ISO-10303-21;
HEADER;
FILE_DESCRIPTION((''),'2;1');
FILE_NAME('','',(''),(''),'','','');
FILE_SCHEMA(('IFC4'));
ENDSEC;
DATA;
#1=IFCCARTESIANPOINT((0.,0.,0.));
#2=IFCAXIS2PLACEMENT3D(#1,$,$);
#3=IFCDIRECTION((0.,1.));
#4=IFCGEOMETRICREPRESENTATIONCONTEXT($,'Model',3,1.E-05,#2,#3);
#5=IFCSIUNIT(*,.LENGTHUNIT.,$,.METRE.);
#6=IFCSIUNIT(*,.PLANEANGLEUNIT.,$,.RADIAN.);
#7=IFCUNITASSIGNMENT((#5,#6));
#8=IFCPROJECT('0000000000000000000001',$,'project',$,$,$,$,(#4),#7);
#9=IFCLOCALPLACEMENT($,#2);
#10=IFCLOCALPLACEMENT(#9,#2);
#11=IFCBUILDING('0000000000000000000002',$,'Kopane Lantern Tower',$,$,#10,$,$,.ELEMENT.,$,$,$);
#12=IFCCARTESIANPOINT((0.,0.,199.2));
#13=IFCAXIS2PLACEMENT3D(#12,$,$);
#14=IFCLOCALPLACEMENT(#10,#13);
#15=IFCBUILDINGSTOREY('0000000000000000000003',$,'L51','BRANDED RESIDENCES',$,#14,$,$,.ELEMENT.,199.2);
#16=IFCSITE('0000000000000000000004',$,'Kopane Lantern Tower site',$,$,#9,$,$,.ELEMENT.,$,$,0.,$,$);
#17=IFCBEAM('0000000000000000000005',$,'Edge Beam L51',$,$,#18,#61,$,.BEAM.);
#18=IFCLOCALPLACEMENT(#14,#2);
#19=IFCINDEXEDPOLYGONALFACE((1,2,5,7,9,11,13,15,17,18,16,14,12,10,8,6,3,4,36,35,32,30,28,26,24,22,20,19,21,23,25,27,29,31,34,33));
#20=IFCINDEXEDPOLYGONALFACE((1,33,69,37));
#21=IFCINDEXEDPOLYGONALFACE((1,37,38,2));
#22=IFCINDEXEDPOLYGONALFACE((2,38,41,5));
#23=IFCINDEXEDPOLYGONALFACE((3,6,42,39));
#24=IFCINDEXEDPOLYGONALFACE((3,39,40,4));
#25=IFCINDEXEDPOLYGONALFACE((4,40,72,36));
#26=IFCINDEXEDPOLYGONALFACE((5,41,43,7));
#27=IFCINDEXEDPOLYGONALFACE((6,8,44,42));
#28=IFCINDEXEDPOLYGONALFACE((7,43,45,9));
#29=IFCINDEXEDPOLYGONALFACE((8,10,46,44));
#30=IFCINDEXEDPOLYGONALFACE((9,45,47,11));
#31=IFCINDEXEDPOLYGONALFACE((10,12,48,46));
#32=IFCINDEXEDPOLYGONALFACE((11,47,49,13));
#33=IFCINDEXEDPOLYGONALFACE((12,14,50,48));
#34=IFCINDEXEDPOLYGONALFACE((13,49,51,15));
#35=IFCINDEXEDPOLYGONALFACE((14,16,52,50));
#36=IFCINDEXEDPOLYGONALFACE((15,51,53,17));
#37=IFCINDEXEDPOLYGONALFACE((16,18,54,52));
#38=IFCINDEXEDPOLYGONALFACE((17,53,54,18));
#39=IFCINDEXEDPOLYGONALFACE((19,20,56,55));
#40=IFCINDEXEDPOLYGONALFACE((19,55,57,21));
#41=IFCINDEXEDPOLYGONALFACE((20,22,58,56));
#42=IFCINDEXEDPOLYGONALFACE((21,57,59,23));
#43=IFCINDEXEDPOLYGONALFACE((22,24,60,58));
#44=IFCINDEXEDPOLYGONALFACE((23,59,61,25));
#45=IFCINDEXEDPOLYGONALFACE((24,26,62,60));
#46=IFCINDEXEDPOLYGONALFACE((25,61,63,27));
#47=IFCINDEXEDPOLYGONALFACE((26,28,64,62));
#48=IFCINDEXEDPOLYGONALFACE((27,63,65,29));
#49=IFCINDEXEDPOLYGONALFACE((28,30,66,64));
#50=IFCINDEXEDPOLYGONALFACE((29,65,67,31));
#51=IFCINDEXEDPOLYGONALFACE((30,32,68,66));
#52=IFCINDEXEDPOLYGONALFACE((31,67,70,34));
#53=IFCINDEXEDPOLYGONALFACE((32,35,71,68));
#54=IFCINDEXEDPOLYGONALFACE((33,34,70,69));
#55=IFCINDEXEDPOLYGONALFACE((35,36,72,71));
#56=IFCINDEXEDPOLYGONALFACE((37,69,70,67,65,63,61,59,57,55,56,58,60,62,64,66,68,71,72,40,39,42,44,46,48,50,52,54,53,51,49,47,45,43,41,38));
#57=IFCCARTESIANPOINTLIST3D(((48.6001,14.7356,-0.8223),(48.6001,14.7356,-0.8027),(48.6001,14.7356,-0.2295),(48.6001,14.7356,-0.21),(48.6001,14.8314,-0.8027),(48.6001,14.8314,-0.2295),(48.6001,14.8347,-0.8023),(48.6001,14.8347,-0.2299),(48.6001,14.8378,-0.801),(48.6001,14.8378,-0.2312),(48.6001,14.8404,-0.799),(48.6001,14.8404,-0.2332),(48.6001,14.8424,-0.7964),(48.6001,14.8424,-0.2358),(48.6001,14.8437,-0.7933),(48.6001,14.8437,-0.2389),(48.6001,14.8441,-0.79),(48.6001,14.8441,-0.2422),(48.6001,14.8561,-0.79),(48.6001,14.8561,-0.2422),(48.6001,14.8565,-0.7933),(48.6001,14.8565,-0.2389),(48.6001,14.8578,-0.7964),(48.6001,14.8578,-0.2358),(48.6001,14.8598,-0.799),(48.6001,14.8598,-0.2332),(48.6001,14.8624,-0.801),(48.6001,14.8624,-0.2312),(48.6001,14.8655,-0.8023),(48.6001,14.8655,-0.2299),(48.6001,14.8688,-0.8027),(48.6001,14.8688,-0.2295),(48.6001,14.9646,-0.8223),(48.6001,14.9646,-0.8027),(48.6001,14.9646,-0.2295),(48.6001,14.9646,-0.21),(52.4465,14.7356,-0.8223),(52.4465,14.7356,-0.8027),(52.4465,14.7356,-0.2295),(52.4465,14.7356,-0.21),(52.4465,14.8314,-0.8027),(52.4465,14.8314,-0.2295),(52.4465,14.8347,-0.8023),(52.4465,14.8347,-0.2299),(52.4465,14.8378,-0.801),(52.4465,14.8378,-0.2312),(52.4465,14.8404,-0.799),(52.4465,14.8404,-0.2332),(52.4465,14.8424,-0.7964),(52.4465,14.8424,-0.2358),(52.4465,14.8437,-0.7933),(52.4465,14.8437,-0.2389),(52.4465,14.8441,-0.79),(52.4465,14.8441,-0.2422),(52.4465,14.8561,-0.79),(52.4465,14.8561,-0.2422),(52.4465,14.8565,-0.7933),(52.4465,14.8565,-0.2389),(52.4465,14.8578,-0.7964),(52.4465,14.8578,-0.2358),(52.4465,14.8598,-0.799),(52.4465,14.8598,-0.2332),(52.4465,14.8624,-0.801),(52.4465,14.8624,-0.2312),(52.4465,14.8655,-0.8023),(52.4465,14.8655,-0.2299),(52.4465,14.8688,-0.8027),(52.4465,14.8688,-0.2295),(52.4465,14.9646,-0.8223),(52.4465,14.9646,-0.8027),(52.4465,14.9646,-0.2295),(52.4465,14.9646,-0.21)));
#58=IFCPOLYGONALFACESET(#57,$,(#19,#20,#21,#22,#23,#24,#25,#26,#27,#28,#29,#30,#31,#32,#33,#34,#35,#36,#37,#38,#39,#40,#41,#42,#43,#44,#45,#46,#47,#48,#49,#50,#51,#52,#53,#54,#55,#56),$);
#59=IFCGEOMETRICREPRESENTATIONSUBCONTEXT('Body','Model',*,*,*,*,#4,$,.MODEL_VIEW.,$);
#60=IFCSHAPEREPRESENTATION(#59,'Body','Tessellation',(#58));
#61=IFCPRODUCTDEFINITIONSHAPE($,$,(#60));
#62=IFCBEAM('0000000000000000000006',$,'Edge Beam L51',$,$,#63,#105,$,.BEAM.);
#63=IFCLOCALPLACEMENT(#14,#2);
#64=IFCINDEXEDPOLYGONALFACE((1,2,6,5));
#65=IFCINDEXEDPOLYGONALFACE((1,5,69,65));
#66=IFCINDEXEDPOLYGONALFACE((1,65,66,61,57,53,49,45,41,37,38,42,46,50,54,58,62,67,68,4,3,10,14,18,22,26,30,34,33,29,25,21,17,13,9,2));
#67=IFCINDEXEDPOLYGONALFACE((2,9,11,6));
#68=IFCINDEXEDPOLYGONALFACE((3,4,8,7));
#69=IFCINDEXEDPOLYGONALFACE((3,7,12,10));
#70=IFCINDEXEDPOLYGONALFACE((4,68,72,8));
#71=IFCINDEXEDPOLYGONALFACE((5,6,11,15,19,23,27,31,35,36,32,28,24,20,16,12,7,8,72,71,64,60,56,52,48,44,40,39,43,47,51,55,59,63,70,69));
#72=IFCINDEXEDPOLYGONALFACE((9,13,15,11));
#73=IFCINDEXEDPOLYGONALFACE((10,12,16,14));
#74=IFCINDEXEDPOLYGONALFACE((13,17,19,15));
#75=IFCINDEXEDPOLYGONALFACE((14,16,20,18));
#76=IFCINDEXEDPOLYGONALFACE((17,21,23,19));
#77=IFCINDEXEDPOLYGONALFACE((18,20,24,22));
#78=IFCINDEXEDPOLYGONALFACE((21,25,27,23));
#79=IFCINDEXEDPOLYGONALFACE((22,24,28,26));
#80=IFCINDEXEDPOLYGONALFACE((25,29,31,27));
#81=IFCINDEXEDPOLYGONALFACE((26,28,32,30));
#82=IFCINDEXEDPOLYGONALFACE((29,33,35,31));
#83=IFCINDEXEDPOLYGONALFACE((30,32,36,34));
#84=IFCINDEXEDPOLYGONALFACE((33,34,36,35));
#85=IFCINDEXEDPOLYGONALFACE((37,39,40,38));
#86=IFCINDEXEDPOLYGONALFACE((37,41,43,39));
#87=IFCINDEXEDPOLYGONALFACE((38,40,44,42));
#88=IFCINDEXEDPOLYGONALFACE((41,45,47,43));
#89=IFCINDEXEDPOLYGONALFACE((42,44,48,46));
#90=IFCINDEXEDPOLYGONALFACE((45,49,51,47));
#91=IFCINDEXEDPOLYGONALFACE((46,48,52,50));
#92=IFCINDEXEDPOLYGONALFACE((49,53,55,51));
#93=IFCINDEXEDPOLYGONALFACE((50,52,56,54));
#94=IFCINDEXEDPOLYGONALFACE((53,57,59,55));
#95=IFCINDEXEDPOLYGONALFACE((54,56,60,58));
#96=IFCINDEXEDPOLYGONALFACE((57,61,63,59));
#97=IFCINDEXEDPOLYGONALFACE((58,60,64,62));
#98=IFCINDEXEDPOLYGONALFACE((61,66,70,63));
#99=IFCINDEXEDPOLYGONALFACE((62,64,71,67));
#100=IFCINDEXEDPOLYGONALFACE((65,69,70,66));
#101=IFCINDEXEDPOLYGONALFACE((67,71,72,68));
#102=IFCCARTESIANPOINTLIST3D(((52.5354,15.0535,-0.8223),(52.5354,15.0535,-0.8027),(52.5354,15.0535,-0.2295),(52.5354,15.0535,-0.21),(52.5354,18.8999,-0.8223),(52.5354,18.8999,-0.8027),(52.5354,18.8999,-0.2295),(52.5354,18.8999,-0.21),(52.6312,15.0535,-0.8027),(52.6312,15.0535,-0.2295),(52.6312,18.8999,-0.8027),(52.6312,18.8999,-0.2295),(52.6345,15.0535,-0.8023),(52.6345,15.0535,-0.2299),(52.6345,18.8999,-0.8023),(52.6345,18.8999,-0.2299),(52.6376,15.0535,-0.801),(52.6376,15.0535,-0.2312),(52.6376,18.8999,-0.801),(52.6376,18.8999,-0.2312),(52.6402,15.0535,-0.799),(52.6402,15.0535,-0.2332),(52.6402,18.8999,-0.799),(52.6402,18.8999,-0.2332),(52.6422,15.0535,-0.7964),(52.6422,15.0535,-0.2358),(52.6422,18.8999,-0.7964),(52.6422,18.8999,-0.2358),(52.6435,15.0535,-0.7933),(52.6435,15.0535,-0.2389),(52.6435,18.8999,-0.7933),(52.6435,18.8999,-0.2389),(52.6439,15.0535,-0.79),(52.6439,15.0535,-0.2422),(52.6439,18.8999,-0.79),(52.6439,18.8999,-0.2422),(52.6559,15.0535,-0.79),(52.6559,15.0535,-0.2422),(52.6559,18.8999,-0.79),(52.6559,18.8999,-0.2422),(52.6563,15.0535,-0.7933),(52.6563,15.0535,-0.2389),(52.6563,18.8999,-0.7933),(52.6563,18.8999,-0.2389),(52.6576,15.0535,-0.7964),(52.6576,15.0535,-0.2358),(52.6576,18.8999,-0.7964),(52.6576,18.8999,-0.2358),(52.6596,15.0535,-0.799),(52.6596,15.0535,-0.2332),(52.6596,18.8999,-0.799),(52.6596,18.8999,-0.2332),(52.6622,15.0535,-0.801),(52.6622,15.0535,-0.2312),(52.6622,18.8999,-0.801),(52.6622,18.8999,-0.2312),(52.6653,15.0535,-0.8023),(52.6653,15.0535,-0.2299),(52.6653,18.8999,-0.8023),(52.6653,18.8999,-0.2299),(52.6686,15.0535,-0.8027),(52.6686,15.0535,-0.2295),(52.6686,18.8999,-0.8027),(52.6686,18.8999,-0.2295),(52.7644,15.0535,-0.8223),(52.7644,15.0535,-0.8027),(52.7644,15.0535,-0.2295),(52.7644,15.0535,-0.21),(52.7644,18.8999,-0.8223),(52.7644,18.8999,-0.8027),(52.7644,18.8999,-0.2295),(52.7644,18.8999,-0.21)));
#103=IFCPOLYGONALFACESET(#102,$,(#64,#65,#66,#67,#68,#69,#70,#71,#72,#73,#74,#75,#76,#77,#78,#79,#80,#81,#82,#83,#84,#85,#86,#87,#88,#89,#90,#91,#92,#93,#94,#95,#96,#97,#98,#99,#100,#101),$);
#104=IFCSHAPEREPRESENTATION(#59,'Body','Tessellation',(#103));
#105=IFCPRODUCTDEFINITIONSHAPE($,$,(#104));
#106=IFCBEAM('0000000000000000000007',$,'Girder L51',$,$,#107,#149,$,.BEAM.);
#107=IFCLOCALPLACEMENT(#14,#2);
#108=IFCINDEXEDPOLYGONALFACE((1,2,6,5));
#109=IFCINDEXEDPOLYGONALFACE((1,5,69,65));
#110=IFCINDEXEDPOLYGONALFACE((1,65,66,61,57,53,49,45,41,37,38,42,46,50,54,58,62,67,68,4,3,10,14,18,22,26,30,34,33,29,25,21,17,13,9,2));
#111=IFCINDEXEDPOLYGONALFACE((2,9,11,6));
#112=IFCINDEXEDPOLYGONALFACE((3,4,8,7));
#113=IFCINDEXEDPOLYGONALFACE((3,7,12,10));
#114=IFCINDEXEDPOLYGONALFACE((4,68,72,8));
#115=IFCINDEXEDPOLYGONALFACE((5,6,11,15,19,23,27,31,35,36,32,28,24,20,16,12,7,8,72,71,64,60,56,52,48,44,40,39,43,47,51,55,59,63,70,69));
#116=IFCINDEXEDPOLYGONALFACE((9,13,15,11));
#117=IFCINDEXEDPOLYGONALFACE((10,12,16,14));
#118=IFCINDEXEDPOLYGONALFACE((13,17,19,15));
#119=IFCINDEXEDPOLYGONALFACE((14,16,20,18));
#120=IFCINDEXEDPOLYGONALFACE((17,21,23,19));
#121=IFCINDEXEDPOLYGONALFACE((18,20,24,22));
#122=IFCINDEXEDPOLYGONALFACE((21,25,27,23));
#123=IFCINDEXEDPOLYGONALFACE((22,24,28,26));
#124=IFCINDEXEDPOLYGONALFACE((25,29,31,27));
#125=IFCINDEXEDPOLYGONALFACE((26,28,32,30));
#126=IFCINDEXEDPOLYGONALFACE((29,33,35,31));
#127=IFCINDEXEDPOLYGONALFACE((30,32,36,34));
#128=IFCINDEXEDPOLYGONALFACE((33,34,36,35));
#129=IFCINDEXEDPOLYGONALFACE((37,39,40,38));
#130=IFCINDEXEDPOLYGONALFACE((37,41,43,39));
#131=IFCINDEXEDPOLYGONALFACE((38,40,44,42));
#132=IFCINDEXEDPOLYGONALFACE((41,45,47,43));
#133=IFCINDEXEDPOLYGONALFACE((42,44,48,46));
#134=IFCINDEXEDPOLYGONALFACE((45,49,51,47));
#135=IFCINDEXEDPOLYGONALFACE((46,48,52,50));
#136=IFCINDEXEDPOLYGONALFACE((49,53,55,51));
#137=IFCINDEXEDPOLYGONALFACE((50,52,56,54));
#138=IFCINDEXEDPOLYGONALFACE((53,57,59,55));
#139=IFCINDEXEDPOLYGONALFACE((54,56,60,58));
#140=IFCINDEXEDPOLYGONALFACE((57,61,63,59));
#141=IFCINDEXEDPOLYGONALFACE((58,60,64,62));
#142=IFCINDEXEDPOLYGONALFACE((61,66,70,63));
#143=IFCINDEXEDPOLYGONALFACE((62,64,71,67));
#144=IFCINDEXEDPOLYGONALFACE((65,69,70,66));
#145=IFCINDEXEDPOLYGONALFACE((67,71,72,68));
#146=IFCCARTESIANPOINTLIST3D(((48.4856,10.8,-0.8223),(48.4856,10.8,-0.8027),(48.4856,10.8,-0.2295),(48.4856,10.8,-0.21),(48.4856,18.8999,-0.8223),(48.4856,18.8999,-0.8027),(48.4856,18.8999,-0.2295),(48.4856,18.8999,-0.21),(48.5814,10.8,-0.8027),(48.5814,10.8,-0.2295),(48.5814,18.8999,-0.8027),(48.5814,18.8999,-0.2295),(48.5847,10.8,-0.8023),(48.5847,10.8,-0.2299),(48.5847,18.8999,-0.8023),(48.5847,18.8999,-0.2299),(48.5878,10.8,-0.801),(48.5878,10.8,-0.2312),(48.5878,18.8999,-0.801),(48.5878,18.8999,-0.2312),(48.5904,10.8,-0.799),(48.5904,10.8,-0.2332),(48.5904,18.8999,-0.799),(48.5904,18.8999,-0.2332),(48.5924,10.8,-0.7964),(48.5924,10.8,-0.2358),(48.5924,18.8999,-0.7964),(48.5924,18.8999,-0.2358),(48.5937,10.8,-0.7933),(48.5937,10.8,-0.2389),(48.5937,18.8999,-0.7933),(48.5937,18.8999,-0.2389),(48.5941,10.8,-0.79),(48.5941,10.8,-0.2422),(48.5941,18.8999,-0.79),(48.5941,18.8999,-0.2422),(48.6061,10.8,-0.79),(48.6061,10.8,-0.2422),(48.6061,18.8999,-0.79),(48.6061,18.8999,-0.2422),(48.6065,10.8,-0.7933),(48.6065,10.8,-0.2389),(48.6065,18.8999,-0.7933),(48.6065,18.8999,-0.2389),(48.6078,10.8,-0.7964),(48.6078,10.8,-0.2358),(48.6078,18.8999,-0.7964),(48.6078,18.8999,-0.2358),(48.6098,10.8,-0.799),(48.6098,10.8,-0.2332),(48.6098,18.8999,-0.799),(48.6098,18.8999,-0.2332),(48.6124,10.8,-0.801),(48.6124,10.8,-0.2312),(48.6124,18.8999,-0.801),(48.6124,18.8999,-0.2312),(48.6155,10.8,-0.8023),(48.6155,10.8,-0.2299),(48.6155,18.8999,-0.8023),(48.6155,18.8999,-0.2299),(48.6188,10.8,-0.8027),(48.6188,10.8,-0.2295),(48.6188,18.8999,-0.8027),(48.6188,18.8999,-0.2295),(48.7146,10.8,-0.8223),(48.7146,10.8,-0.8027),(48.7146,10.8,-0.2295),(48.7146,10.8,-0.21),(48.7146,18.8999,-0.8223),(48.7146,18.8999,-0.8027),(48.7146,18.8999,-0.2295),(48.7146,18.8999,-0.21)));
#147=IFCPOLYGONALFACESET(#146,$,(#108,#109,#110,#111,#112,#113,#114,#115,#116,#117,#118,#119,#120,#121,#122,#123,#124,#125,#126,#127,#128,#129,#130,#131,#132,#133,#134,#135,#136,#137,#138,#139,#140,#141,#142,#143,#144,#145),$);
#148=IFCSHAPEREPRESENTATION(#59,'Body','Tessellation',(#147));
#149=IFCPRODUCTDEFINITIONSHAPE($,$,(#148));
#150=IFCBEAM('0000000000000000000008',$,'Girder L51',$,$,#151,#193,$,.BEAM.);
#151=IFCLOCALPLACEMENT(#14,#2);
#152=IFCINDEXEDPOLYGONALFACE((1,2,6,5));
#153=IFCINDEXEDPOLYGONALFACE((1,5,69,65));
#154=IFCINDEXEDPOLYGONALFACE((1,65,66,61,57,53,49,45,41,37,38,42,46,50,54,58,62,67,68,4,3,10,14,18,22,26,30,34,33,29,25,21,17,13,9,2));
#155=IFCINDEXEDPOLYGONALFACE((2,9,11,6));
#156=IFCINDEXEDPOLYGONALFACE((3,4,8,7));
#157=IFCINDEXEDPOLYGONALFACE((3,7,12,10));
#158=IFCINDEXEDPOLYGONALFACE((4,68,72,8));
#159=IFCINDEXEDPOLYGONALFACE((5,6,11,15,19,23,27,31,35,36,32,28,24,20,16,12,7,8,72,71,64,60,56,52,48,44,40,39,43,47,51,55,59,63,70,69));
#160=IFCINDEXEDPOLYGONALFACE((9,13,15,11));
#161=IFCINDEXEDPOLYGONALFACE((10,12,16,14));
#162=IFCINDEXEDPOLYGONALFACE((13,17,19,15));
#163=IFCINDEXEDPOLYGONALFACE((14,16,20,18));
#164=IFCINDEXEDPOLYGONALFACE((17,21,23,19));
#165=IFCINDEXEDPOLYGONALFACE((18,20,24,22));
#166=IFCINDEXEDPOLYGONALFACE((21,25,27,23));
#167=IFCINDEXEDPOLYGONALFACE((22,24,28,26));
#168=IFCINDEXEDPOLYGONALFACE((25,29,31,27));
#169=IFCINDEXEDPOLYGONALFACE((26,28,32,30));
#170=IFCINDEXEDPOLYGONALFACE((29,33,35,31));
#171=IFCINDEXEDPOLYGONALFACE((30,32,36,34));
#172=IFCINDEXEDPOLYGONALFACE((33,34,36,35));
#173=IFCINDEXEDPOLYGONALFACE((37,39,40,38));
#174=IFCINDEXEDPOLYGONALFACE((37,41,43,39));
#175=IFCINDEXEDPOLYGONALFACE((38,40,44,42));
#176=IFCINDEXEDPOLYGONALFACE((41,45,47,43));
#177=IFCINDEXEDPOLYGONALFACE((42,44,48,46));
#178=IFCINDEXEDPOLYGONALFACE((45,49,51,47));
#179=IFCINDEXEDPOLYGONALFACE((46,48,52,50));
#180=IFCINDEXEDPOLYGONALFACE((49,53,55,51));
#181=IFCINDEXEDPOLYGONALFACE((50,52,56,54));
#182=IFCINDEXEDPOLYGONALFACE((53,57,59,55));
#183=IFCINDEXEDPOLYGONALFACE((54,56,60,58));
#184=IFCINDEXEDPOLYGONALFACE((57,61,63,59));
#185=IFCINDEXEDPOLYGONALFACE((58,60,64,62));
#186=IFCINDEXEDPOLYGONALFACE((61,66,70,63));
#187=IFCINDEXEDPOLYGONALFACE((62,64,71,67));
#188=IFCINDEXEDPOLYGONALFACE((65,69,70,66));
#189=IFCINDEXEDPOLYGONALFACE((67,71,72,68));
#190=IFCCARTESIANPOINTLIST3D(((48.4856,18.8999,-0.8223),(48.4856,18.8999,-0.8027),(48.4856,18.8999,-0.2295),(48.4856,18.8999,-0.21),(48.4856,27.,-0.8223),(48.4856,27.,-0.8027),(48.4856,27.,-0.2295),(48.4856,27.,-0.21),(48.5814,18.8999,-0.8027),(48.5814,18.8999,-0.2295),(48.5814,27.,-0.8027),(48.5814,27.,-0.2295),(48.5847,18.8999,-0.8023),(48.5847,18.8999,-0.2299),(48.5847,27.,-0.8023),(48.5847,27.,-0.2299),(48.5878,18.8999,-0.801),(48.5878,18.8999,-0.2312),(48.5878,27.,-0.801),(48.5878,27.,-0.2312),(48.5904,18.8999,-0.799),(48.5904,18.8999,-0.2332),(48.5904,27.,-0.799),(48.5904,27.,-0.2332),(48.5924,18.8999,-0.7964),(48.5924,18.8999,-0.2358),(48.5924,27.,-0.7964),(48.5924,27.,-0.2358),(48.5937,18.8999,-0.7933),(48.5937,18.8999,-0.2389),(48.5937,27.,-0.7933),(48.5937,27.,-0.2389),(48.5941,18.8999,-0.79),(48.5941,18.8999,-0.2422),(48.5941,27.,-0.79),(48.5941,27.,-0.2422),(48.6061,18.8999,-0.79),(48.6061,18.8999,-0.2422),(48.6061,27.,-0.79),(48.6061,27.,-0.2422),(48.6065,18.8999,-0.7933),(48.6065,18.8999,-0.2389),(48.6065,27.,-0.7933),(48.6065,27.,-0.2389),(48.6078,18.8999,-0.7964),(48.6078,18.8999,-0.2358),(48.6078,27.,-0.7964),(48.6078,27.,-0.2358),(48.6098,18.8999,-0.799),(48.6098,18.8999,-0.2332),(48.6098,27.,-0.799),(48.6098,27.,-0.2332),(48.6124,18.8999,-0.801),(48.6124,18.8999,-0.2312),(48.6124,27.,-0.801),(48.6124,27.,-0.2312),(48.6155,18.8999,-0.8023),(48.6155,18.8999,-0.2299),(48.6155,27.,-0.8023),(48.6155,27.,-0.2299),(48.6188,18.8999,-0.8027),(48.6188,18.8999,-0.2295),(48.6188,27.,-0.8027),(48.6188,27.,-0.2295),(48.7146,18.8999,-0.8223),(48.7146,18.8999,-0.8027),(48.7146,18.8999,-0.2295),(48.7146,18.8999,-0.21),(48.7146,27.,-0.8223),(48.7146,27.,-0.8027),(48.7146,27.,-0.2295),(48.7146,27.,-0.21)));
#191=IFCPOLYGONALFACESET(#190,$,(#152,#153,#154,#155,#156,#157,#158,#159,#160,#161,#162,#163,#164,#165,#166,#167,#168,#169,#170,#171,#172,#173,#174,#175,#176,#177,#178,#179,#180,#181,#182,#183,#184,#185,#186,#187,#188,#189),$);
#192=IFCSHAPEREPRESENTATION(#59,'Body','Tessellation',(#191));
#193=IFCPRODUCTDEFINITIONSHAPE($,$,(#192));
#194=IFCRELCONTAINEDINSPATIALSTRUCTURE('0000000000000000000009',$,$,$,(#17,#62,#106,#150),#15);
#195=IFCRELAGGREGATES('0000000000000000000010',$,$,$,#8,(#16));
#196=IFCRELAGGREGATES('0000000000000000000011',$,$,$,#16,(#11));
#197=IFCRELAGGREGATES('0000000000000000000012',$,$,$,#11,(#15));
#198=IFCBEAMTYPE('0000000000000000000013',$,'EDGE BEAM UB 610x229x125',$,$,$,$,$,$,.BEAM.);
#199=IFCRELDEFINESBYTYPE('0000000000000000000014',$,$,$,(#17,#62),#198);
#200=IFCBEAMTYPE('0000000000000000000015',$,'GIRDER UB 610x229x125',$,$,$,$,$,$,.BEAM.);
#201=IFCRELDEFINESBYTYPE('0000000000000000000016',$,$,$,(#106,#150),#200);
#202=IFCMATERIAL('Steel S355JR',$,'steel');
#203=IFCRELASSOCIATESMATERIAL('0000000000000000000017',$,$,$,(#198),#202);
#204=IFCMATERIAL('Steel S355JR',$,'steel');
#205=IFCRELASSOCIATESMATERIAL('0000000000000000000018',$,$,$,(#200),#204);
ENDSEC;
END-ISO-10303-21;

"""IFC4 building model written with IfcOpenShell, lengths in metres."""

from ifc_helpers import new_model, si_unit, direction, frame, origin, origin_2d, place, context, subcontext, project, spatial, i_section, extrude, material, material_profile, profile_set, type_object, element, save


model = new_model("IFC4")

# Units and contexts
model_context = context("Model", 3, precision=1e-05, world=origin(), true_north=direction((0.0, 1.0)))
body_context = subcontext(model_context, "Body", "Model", "MODEL_VIEW")
ifc_project = project(units=[si_unit("LENGTHUNIT", "METRE"), si_unit("PLANEANGLEUNIT", "RADIAN")], contexts=[model_context])

# Site, building, storey
site_placement = place(None, origin())
site = spatial("IfcSite", under=ifc_project, at=site_placement, Name="Kopane Lantern Tower site", CompositionType="ELEMENT", RefElevation=0.0)
building_placement = place(site_placement, origin())
building = spatial("IfcBuilding", under=site, at=building_placement, Name="Kopane Lantern Tower", CompositionType="ELEMENT")
storey_placement = place(building_placement, frame((0.0, 0.0, 199.2)))
storey = spatial("IfcBuildingStorey", under=building, at=storey_placement, Name="L51", Description="BRANDED RESIDENCES", CompositionType="ELEMENT", Elevation=199.2)

# Beams
ifc_material_1 = material(Name="Steel S355JR", Category="steel")
ifc_material_profile_1 = material_profile(ifc_material_1, i_section(OverallWidth=0.229, OverallDepth=0.6123, WebThickness=0.012, FlangeThickness=0.0195, FilletRadius=0.0127, at=origin_2d()), Name="UB 610x229x125")
ifc_profile_set_1 = profile_set([ifc_material_profile_1], Name="Steel S355JR")
beam_type_1 = type_object("IfcBeamType", Name="EDGE BEAM UB 610x229x125", PredefinedType="BEAM", material=ifc_profile_set_1)
for number, where, z_axis, x_axis, name in (
    (1, (52.4465, 14.8501, -0.5161), (-1.0, 0.0, 0.0), (0.0, -1.0, 0.0), "Edge Beam L51"),
    (2, (52.6499, 15.0535, -0.5161), (0.0, 1.0, 0.0), (-1.0, 0.0, 0.0), "Edge Beam L51"),
):
    element("IfcBeam", number, at=place(storey_placement, frame(where, z_axis=z_axis, x_axis=x_axis)), inside=storey, type_object=beam_type_1, Name=name, PredefinedType="BEAM", context=body_context, shape_type="SweptSolid", body=[
        extrude(i_section(OverallWidth=0.229, OverallDepth=0.6123, WebThickness=0.012, FlangeThickness=0.0195, FilletRadius=0.0127, at=origin_2d()), origin(), (0.0, 0.0, 1.0), 3.8464),
    ])
ifc_material_2 = material(Name="Steel S355JR", Category="steel")
ifc_material_profile_2 = material_profile(ifc_material_2, i_section(OverallWidth=0.229, OverallDepth=0.6123, WebThickness=0.012, FlangeThickness=0.0195, FilletRadius=0.0127, at=origin_2d()), Name="UB 610x229x125")
ifc_profile_set_2 = profile_set([ifc_material_profile_2], Name="Steel S355JR")
beam_type_2 = type_object("IfcBeamType", Name="GIRDER UB 610x229x125", PredefinedType="BEAM", material=ifc_profile_set_2)
beam_1_placement = place(storey_placement, frame((48.6001, 10.8, -0.5161), z_axis=(0.0, 1.0, 0.0), x_axis=(-1.0, 0.0, 0.0)))
element("IfcBeam", 3, at=beam_1_placement, inside=storey, type_object=beam_type_2, Name="Girder L51", PredefinedType="BEAM", context=body_context, shape_type="SweptSolid", body=[
    extrude(i_section(OverallWidth=0.229, OverallDepth=0.6123, WebThickness=0.012, FlangeThickness=0.0195, FilletRadius=0.0127, at=origin_2d()), origin(), (0.0, 0.0, 1.0), 8.0999),
])
beam_2_placement = place(storey_placement, frame((48.6001, 18.8999, -0.5161), z_axis=(0.0, 1.0, 0.0), x_axis=(-1.0, 0.0, 0.0)))
element("IfcBeam", 4, at=beam_2_placement, inside=storey, type_object=beam_type_2, Name="Girder L51", PredefinedType="BEAM", context=body_context, shape_type="SweptSolid", body=[
    extrude(i_section(OverallWidth=0.229, OverallDepth=0.6123, WebThickness=0.012, FlangeThickness=0.0195, FilletRadius=0.0127, at=origin_2d()), origin(), (0.0, 0.0, 1.0), 8.1001),
])

save(model, "model.ifc")
